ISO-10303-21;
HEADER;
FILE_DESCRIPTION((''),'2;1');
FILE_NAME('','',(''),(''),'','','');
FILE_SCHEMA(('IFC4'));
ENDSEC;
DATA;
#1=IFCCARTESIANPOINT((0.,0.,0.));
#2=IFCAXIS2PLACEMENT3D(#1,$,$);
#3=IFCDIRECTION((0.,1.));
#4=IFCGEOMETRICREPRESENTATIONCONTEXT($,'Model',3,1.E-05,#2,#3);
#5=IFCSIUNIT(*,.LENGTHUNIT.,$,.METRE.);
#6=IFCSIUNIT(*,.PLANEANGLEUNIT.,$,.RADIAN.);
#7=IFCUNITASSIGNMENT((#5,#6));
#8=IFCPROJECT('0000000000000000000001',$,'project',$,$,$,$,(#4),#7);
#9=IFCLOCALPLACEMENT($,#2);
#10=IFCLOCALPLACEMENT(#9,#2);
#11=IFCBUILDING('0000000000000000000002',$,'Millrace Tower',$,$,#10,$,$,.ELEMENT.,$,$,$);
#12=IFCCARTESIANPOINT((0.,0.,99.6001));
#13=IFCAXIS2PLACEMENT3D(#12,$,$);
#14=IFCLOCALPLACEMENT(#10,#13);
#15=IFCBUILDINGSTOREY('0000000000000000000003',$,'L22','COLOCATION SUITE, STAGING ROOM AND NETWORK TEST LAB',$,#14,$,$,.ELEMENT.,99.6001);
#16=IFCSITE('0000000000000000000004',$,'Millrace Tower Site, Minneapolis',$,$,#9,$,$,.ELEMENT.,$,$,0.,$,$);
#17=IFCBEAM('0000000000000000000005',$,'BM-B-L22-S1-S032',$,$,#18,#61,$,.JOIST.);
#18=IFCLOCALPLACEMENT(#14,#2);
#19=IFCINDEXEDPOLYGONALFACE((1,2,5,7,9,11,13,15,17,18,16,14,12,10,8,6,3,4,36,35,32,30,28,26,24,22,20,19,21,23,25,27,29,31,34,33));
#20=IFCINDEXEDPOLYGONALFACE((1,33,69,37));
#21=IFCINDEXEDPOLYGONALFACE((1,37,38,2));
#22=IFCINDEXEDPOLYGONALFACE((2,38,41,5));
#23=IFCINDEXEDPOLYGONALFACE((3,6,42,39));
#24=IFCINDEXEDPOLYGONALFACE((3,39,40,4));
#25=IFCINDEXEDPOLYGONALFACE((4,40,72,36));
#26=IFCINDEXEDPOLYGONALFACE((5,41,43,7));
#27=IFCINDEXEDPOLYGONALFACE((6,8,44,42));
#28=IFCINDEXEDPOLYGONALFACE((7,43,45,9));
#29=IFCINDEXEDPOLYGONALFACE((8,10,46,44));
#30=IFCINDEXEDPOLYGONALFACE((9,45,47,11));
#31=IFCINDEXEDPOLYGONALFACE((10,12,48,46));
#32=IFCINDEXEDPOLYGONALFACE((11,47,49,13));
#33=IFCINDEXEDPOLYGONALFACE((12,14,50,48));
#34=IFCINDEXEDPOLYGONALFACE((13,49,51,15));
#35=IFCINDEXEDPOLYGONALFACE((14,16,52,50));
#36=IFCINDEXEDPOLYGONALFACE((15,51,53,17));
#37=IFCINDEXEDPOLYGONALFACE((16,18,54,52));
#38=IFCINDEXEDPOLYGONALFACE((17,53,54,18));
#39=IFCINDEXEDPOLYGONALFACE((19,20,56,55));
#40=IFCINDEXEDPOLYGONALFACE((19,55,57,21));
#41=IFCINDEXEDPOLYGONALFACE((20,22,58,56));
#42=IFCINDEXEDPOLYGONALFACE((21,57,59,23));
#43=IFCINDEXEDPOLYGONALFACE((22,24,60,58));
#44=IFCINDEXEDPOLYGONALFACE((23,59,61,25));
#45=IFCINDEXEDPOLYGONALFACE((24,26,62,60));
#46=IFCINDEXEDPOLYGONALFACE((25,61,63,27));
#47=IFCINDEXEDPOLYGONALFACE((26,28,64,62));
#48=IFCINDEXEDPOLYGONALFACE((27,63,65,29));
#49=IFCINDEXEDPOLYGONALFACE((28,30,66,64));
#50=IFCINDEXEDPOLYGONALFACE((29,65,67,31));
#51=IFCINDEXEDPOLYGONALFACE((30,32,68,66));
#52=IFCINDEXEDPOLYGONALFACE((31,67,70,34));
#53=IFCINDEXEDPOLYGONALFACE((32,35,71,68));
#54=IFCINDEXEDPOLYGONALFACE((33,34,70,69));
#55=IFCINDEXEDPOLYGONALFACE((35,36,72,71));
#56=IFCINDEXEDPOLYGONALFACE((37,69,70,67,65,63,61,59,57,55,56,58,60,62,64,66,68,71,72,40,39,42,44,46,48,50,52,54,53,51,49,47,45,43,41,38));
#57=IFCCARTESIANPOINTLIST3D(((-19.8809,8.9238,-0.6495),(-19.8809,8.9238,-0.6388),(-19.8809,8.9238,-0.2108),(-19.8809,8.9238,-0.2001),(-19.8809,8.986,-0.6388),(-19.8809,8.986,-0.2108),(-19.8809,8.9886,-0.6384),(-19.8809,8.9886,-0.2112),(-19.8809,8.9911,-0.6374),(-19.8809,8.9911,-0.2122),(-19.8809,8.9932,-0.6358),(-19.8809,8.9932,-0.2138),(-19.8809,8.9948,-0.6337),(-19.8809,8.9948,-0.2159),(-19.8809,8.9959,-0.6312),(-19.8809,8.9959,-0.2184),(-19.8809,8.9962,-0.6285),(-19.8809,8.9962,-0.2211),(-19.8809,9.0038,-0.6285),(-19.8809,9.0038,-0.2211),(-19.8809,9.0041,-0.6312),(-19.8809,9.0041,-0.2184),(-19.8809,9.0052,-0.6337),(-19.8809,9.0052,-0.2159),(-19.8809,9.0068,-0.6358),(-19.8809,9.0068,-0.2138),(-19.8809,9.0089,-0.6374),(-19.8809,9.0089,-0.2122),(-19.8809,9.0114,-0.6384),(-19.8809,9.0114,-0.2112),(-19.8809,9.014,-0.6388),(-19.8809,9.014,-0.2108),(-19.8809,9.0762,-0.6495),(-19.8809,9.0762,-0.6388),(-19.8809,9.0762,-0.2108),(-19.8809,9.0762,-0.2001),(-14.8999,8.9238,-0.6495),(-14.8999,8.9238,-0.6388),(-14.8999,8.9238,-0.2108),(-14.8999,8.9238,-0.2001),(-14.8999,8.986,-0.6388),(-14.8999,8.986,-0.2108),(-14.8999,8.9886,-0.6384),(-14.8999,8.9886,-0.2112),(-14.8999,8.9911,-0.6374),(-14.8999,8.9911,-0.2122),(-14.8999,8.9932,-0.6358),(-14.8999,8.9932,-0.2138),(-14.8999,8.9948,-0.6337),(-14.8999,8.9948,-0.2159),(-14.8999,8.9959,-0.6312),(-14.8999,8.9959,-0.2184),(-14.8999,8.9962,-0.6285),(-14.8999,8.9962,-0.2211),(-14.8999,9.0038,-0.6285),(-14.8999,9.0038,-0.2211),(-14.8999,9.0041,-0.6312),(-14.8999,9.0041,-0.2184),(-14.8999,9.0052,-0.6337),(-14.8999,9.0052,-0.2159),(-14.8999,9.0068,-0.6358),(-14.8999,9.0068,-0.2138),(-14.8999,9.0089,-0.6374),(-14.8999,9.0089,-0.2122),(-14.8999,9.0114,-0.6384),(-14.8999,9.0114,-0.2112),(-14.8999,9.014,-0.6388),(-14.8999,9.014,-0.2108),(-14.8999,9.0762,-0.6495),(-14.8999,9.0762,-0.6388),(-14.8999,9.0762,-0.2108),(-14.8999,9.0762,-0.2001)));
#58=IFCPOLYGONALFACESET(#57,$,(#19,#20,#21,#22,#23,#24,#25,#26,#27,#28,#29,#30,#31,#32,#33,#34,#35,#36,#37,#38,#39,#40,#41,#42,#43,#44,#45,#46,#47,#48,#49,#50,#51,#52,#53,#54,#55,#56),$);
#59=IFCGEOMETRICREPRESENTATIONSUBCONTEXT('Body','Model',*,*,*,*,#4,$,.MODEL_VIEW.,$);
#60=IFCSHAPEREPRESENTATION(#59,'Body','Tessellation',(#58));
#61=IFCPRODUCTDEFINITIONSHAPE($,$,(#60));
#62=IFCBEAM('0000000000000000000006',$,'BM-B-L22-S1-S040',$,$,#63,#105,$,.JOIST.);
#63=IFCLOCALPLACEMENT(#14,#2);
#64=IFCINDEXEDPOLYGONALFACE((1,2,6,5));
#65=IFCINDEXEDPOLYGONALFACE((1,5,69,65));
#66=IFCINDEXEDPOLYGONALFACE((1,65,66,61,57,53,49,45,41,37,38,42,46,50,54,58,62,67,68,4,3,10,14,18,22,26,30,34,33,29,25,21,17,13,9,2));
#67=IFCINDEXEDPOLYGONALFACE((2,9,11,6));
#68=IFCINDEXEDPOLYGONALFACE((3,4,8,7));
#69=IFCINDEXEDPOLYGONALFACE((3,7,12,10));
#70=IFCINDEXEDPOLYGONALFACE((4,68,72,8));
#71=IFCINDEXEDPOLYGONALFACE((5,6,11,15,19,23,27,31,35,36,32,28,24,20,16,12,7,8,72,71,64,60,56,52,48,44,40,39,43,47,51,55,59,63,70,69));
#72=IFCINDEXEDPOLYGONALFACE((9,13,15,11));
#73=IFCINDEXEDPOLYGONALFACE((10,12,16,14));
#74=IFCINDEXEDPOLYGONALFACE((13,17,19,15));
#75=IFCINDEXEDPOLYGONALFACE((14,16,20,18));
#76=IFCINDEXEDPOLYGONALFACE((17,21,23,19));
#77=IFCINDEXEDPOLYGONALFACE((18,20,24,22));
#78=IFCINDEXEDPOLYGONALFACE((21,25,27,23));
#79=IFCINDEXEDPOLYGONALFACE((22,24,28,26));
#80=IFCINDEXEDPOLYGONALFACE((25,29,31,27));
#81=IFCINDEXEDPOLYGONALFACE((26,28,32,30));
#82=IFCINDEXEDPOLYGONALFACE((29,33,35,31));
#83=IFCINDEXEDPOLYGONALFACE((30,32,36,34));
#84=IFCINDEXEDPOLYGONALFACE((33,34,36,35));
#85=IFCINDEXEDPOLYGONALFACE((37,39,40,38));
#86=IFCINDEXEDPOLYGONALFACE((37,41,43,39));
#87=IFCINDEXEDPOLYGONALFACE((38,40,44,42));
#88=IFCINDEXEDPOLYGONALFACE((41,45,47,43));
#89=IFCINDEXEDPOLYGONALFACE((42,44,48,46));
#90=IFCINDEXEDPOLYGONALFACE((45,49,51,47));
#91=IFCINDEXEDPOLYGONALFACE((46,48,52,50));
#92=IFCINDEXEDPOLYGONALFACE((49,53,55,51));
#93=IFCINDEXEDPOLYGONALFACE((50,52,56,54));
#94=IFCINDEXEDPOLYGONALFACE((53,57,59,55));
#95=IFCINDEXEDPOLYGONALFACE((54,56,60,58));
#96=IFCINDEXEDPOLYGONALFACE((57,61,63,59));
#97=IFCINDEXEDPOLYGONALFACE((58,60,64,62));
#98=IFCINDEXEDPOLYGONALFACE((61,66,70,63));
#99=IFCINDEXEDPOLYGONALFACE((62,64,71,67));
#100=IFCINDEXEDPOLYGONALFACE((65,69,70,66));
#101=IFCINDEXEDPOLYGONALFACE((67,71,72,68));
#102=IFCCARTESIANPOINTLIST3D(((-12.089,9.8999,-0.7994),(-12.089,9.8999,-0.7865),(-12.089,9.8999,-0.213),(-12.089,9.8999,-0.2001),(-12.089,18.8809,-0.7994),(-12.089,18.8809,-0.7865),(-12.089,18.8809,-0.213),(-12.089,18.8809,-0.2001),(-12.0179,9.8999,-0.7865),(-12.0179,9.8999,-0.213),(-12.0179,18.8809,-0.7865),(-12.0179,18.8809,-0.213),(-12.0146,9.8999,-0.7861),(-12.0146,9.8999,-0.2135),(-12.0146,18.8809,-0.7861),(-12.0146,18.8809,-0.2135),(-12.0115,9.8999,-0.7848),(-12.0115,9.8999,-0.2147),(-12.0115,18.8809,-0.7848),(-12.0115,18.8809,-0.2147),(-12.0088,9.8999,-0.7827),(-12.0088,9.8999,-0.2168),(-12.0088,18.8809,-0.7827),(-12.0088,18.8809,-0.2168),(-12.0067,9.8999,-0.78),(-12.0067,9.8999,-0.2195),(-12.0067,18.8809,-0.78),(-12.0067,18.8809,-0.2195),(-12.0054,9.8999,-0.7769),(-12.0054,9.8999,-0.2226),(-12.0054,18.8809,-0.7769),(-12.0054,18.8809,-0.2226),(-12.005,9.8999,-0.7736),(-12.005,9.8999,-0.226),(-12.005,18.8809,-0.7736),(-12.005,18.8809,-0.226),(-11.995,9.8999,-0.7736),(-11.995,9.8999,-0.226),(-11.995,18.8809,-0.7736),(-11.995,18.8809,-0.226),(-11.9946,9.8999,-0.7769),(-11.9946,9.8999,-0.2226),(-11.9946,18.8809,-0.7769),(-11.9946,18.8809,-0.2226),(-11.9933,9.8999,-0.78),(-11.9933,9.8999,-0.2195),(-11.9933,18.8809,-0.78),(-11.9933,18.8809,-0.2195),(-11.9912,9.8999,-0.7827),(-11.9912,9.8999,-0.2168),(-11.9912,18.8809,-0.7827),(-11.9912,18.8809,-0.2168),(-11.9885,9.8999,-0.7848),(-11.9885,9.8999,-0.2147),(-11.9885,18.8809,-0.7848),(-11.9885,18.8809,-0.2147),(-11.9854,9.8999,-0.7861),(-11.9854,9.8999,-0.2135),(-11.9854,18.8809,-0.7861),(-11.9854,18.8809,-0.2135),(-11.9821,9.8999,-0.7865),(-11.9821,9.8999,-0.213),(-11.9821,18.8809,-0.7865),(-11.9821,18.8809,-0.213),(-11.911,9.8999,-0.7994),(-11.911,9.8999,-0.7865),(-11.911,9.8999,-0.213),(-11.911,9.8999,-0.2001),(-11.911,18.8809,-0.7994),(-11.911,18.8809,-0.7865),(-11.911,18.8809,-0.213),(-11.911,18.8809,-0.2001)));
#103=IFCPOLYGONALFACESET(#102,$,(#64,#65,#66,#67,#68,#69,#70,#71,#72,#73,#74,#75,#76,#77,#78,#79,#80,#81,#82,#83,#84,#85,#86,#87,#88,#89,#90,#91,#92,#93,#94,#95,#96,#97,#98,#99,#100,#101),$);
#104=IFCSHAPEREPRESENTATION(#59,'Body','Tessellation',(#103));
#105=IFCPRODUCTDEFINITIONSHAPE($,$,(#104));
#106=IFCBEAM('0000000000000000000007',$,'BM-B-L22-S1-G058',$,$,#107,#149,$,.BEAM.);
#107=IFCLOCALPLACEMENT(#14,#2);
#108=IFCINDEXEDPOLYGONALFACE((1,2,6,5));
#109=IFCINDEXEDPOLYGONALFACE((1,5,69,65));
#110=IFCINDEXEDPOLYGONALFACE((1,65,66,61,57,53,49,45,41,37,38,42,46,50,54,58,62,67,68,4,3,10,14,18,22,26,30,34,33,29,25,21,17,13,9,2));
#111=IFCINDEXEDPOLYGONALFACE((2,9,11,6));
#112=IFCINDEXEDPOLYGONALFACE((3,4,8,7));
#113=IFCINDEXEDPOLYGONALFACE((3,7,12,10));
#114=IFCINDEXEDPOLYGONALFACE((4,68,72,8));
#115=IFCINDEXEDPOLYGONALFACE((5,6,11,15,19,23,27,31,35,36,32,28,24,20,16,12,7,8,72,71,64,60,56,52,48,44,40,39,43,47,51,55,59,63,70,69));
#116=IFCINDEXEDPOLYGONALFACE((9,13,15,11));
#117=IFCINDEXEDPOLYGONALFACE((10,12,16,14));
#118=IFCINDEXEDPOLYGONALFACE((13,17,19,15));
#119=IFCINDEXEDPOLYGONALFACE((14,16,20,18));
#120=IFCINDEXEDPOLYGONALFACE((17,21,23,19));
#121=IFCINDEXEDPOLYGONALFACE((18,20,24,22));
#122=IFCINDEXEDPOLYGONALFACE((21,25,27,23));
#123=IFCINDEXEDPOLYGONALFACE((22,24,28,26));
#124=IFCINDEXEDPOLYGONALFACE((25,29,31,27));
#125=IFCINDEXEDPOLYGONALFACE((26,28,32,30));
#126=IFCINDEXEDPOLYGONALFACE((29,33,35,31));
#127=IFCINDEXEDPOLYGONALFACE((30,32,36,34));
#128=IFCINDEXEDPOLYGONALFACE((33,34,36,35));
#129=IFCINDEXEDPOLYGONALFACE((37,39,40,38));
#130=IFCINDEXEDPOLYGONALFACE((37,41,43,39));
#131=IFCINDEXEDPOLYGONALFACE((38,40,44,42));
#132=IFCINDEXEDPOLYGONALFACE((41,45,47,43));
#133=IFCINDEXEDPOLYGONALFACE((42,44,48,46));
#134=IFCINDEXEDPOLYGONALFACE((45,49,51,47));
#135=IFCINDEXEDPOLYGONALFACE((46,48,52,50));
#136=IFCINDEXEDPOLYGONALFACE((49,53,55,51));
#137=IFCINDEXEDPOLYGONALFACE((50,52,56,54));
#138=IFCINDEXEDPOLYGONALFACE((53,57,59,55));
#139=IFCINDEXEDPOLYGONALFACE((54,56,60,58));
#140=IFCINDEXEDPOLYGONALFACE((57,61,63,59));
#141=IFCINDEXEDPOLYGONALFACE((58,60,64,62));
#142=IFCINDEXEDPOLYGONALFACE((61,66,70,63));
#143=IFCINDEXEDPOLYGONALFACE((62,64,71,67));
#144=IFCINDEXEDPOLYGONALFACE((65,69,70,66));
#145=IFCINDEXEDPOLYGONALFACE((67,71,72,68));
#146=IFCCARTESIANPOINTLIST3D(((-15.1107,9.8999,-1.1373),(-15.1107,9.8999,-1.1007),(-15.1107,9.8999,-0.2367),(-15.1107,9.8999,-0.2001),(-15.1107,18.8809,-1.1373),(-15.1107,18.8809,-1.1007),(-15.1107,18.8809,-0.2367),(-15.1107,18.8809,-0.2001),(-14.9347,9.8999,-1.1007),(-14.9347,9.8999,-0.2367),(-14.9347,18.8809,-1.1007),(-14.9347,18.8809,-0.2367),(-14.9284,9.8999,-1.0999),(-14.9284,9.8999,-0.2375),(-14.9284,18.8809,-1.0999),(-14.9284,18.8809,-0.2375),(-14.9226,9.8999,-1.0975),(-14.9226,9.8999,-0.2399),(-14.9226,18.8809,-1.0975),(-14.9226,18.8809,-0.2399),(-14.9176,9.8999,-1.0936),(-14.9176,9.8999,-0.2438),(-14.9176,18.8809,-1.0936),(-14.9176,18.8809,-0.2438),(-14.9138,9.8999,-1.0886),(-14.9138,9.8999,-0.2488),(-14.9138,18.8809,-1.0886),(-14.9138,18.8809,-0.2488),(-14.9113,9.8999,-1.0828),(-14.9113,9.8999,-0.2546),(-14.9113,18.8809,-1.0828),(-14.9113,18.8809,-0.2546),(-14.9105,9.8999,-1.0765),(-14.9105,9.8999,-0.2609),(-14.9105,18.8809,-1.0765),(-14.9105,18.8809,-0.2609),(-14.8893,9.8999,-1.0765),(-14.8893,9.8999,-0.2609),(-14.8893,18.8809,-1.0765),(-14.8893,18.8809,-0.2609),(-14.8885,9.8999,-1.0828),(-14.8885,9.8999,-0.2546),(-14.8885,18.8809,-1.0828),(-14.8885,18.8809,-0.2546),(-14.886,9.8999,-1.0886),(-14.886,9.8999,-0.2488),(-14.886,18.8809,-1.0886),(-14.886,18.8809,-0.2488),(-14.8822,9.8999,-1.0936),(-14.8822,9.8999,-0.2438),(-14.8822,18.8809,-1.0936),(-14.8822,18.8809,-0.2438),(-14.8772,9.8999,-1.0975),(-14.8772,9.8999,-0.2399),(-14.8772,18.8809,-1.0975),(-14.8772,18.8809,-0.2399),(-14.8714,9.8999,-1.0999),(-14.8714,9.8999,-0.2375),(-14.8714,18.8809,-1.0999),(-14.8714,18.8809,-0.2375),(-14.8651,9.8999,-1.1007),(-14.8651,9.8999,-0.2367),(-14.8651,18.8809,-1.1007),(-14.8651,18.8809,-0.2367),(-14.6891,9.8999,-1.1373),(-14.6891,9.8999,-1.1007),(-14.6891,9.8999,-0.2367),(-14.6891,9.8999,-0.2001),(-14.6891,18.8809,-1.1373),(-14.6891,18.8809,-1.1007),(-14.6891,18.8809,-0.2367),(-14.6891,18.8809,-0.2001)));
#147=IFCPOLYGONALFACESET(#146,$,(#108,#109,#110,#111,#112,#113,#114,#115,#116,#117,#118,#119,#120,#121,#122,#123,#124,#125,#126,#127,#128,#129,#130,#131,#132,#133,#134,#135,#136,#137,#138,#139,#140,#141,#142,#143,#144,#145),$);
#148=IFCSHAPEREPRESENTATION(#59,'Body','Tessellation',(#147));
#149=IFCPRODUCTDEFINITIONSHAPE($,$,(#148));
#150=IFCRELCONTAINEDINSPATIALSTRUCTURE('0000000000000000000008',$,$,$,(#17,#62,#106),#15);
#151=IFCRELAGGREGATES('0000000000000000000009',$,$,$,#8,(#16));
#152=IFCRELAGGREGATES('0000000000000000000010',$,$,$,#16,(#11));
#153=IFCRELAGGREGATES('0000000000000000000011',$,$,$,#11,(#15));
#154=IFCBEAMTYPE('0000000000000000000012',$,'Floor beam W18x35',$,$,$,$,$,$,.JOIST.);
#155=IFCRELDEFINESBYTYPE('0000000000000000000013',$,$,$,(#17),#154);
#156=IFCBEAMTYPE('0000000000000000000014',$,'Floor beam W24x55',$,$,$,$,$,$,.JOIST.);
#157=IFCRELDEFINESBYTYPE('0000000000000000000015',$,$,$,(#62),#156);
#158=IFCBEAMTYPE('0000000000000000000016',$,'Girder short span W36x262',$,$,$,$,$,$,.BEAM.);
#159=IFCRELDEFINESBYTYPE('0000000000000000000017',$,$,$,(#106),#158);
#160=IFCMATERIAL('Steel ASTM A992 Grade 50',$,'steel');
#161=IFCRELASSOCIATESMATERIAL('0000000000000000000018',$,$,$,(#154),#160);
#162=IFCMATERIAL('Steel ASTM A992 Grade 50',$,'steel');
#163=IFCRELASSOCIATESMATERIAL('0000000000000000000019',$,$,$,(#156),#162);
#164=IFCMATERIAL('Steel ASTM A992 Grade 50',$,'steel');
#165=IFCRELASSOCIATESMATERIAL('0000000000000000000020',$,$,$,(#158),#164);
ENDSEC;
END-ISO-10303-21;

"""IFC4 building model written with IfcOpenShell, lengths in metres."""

from ifc_helpers import new_model, si_unit, direction, frame, origin, origin_2d, place, context, subcontext, project, spatial, i_section, extrude, material, material_profile, profile_set, type_object, element, save


model = new_model("IFC4")

# Units and contexts
model_context = context("Model", 3, precision=1e-05, world=origin(), true_north=direction((0.0, 1.0)))
body_context = subcontext(model_context, "Body", "Model", "MODEL_VIEW")
ifc_project = project(units=[si_unit("LENGTHUNIT", "METRE"), si_unit("PLANEANGLEUNIT", "RADIAN")], contexts=[model_context])

# Site, building, storey
site_placement = place(None, origin())
site = spatial("IfcSite", under=ifc_project, at=site_placement, Name="Millrace Tower Site, Minneapolis", CompositionType="ELEMENT", RefElevation=0.0)
building_placement = place(site_placement, origin())
building = spatial("IfcBuilding", under=site, at=building_placement, Name="Millrace Tower", CompositionType="ELEMENT")
storey_placement = place(building_placement, frame((0.0, 0.0, 99.6001)))
storey = spatial("IfcBuildingStorey", under=building, at=storey_placement, Name="L22", Description="COLOCATION SUITE, STAGING ROOM AND NETWORK TEST LAB", CompositionType="ELEMENT", Elevation=99.6001)

# Beams
ifc_material_1 = material(Name="Steel ASTM A992 Grade 50", Category="steel")
ifc_material_profile_1 = material_profile(ifc_material_1, i_section(OverallWidth=0.1523, OverallDepth=0.4495, WebThickness=0.0076, FlangeThickness=0.0107, FilletRadius=0.0103, at=origin_2d()))
ifc_profile_set_1 = profile_set([ifc_material_profile_1], Name="Steel ASTM A992 Grade 50")
beam_type_1 = type_object("IfcBeamType", Name="Floor beam W18x35", PredefinedType="JOIST", material=ifc_profile_set_1)
for number, where, z_axis, x_axis, name in (
    (1, (-19.8809, 9.0, -0.4248), (1.0, 0.0, 0.0), (0.0, 1.0, 0.0), "BM-B-L22-S1-S032"),
):
    element("IfcBeam", number, at=place(storey_placement, frame(where, z_axis=z_axis, x_axis=x_axis)), inside=storey, type_object=beam_type_1, Name=name, PredefinedType="JOIST", context=body_context, shape_type="SweptSolid", body=[
        extrude(i_section(OverallWidth=0.1523, OverallDepth=0.4495, WebThickness=0.0076, FlangeThickness=0.0107, FilletRadius=0.0103, at=origin_2d()), origin(), (0.0, 0.0, 1.0), 4.981),
    ])
ifc_material_2 = material(Name="Steel ASTM A992 Grade 50", Category="steel")
ifc_material_profile_2 = material_profile(ifc_material_2, i_section(OverallWidth=0.178, OverallDepth=0.5994, WebThickness=0.01, FlangeThickness=0.0129, FilletRadius=0.0129, at=origin_2d()))
ifc_profile_set_2 = profile_set([ifc_material_profile_2], Name="Steel ASTM A992 Grade 50")
beam_type_2 = type_object("IfcBeamType", Name="Floor beam W24x55", PredefinedType="JOIST", material=ifc_profile_set_2)
beam_1_placement = place(storey_placement, frame((-12.0, 9.8999, -0.4998), z_axis=(0.0, 1.0, 0.0), x_axis=(-1.0, 0.0, 0.0)))
element("IfcBeam", 2, at=beam_1_placement, inside=storey, type_object=beam_type_2, Name="BM-B-L22-S1-S040", PredefinedType="JOIST", context=body_context, shape_type="SweptSolid", body=[
    extrude(i_section(OverallWidth=0.178, OverallDepth=0.5994, WebThickness=0.01, FlangeThickness=0.0129, FilletRadius=0.0129, at=origin_2d()), origin(), (0.0, 0.0, 1.0), 8.981),
])
ifc_material_3 = material(Name="Steel ASTM A992 Grade 50", Category="steel")
ifc_material_profile_3 = material_profile(ifc_material_3, i_section(OverallWidth=0.4216, OverallDepth=0.9373, WebThickness=0.0212, FlangeThickness=0.0366, FilletRadius=0.0242, at=origin_2d()))
ifc_profile_set_3 = profile_set([ifc_material_profile_3], Name="Steel ASTM A992 Grade 50")
beam_type_3 = type_object("IfcBeamType", Name="Girder short span W36x262", PredefinedType="BEAM", material=ifc_profile_set_3)
beam_2_placement = place(storey_placement, frame((-14.8999, 9.8999, -0.6687), z_axis=(0.0, 1.0, 0.0), x_axis=(-1.0, 0.0, 0.0)))
element("IfcBeam", 3, at=beam_2_placement, inside=storey, type_object=beam_type_3, Name="BM-B-L22-S1-G058", PredefinedType="BEAM", context=body_context, shape_type="SweptSolid", body=[
    extrude(i_section(OverallWidth=0.4216, OverallDepth=0.9373, WebThickness=0.0212, FlangeThickness=0.0366, FilletRadius=0.0242, at=origin_2d()), origin(), (0.0, 0.0, 1.0), 8.981),
])

save(model, "model.ifc")
